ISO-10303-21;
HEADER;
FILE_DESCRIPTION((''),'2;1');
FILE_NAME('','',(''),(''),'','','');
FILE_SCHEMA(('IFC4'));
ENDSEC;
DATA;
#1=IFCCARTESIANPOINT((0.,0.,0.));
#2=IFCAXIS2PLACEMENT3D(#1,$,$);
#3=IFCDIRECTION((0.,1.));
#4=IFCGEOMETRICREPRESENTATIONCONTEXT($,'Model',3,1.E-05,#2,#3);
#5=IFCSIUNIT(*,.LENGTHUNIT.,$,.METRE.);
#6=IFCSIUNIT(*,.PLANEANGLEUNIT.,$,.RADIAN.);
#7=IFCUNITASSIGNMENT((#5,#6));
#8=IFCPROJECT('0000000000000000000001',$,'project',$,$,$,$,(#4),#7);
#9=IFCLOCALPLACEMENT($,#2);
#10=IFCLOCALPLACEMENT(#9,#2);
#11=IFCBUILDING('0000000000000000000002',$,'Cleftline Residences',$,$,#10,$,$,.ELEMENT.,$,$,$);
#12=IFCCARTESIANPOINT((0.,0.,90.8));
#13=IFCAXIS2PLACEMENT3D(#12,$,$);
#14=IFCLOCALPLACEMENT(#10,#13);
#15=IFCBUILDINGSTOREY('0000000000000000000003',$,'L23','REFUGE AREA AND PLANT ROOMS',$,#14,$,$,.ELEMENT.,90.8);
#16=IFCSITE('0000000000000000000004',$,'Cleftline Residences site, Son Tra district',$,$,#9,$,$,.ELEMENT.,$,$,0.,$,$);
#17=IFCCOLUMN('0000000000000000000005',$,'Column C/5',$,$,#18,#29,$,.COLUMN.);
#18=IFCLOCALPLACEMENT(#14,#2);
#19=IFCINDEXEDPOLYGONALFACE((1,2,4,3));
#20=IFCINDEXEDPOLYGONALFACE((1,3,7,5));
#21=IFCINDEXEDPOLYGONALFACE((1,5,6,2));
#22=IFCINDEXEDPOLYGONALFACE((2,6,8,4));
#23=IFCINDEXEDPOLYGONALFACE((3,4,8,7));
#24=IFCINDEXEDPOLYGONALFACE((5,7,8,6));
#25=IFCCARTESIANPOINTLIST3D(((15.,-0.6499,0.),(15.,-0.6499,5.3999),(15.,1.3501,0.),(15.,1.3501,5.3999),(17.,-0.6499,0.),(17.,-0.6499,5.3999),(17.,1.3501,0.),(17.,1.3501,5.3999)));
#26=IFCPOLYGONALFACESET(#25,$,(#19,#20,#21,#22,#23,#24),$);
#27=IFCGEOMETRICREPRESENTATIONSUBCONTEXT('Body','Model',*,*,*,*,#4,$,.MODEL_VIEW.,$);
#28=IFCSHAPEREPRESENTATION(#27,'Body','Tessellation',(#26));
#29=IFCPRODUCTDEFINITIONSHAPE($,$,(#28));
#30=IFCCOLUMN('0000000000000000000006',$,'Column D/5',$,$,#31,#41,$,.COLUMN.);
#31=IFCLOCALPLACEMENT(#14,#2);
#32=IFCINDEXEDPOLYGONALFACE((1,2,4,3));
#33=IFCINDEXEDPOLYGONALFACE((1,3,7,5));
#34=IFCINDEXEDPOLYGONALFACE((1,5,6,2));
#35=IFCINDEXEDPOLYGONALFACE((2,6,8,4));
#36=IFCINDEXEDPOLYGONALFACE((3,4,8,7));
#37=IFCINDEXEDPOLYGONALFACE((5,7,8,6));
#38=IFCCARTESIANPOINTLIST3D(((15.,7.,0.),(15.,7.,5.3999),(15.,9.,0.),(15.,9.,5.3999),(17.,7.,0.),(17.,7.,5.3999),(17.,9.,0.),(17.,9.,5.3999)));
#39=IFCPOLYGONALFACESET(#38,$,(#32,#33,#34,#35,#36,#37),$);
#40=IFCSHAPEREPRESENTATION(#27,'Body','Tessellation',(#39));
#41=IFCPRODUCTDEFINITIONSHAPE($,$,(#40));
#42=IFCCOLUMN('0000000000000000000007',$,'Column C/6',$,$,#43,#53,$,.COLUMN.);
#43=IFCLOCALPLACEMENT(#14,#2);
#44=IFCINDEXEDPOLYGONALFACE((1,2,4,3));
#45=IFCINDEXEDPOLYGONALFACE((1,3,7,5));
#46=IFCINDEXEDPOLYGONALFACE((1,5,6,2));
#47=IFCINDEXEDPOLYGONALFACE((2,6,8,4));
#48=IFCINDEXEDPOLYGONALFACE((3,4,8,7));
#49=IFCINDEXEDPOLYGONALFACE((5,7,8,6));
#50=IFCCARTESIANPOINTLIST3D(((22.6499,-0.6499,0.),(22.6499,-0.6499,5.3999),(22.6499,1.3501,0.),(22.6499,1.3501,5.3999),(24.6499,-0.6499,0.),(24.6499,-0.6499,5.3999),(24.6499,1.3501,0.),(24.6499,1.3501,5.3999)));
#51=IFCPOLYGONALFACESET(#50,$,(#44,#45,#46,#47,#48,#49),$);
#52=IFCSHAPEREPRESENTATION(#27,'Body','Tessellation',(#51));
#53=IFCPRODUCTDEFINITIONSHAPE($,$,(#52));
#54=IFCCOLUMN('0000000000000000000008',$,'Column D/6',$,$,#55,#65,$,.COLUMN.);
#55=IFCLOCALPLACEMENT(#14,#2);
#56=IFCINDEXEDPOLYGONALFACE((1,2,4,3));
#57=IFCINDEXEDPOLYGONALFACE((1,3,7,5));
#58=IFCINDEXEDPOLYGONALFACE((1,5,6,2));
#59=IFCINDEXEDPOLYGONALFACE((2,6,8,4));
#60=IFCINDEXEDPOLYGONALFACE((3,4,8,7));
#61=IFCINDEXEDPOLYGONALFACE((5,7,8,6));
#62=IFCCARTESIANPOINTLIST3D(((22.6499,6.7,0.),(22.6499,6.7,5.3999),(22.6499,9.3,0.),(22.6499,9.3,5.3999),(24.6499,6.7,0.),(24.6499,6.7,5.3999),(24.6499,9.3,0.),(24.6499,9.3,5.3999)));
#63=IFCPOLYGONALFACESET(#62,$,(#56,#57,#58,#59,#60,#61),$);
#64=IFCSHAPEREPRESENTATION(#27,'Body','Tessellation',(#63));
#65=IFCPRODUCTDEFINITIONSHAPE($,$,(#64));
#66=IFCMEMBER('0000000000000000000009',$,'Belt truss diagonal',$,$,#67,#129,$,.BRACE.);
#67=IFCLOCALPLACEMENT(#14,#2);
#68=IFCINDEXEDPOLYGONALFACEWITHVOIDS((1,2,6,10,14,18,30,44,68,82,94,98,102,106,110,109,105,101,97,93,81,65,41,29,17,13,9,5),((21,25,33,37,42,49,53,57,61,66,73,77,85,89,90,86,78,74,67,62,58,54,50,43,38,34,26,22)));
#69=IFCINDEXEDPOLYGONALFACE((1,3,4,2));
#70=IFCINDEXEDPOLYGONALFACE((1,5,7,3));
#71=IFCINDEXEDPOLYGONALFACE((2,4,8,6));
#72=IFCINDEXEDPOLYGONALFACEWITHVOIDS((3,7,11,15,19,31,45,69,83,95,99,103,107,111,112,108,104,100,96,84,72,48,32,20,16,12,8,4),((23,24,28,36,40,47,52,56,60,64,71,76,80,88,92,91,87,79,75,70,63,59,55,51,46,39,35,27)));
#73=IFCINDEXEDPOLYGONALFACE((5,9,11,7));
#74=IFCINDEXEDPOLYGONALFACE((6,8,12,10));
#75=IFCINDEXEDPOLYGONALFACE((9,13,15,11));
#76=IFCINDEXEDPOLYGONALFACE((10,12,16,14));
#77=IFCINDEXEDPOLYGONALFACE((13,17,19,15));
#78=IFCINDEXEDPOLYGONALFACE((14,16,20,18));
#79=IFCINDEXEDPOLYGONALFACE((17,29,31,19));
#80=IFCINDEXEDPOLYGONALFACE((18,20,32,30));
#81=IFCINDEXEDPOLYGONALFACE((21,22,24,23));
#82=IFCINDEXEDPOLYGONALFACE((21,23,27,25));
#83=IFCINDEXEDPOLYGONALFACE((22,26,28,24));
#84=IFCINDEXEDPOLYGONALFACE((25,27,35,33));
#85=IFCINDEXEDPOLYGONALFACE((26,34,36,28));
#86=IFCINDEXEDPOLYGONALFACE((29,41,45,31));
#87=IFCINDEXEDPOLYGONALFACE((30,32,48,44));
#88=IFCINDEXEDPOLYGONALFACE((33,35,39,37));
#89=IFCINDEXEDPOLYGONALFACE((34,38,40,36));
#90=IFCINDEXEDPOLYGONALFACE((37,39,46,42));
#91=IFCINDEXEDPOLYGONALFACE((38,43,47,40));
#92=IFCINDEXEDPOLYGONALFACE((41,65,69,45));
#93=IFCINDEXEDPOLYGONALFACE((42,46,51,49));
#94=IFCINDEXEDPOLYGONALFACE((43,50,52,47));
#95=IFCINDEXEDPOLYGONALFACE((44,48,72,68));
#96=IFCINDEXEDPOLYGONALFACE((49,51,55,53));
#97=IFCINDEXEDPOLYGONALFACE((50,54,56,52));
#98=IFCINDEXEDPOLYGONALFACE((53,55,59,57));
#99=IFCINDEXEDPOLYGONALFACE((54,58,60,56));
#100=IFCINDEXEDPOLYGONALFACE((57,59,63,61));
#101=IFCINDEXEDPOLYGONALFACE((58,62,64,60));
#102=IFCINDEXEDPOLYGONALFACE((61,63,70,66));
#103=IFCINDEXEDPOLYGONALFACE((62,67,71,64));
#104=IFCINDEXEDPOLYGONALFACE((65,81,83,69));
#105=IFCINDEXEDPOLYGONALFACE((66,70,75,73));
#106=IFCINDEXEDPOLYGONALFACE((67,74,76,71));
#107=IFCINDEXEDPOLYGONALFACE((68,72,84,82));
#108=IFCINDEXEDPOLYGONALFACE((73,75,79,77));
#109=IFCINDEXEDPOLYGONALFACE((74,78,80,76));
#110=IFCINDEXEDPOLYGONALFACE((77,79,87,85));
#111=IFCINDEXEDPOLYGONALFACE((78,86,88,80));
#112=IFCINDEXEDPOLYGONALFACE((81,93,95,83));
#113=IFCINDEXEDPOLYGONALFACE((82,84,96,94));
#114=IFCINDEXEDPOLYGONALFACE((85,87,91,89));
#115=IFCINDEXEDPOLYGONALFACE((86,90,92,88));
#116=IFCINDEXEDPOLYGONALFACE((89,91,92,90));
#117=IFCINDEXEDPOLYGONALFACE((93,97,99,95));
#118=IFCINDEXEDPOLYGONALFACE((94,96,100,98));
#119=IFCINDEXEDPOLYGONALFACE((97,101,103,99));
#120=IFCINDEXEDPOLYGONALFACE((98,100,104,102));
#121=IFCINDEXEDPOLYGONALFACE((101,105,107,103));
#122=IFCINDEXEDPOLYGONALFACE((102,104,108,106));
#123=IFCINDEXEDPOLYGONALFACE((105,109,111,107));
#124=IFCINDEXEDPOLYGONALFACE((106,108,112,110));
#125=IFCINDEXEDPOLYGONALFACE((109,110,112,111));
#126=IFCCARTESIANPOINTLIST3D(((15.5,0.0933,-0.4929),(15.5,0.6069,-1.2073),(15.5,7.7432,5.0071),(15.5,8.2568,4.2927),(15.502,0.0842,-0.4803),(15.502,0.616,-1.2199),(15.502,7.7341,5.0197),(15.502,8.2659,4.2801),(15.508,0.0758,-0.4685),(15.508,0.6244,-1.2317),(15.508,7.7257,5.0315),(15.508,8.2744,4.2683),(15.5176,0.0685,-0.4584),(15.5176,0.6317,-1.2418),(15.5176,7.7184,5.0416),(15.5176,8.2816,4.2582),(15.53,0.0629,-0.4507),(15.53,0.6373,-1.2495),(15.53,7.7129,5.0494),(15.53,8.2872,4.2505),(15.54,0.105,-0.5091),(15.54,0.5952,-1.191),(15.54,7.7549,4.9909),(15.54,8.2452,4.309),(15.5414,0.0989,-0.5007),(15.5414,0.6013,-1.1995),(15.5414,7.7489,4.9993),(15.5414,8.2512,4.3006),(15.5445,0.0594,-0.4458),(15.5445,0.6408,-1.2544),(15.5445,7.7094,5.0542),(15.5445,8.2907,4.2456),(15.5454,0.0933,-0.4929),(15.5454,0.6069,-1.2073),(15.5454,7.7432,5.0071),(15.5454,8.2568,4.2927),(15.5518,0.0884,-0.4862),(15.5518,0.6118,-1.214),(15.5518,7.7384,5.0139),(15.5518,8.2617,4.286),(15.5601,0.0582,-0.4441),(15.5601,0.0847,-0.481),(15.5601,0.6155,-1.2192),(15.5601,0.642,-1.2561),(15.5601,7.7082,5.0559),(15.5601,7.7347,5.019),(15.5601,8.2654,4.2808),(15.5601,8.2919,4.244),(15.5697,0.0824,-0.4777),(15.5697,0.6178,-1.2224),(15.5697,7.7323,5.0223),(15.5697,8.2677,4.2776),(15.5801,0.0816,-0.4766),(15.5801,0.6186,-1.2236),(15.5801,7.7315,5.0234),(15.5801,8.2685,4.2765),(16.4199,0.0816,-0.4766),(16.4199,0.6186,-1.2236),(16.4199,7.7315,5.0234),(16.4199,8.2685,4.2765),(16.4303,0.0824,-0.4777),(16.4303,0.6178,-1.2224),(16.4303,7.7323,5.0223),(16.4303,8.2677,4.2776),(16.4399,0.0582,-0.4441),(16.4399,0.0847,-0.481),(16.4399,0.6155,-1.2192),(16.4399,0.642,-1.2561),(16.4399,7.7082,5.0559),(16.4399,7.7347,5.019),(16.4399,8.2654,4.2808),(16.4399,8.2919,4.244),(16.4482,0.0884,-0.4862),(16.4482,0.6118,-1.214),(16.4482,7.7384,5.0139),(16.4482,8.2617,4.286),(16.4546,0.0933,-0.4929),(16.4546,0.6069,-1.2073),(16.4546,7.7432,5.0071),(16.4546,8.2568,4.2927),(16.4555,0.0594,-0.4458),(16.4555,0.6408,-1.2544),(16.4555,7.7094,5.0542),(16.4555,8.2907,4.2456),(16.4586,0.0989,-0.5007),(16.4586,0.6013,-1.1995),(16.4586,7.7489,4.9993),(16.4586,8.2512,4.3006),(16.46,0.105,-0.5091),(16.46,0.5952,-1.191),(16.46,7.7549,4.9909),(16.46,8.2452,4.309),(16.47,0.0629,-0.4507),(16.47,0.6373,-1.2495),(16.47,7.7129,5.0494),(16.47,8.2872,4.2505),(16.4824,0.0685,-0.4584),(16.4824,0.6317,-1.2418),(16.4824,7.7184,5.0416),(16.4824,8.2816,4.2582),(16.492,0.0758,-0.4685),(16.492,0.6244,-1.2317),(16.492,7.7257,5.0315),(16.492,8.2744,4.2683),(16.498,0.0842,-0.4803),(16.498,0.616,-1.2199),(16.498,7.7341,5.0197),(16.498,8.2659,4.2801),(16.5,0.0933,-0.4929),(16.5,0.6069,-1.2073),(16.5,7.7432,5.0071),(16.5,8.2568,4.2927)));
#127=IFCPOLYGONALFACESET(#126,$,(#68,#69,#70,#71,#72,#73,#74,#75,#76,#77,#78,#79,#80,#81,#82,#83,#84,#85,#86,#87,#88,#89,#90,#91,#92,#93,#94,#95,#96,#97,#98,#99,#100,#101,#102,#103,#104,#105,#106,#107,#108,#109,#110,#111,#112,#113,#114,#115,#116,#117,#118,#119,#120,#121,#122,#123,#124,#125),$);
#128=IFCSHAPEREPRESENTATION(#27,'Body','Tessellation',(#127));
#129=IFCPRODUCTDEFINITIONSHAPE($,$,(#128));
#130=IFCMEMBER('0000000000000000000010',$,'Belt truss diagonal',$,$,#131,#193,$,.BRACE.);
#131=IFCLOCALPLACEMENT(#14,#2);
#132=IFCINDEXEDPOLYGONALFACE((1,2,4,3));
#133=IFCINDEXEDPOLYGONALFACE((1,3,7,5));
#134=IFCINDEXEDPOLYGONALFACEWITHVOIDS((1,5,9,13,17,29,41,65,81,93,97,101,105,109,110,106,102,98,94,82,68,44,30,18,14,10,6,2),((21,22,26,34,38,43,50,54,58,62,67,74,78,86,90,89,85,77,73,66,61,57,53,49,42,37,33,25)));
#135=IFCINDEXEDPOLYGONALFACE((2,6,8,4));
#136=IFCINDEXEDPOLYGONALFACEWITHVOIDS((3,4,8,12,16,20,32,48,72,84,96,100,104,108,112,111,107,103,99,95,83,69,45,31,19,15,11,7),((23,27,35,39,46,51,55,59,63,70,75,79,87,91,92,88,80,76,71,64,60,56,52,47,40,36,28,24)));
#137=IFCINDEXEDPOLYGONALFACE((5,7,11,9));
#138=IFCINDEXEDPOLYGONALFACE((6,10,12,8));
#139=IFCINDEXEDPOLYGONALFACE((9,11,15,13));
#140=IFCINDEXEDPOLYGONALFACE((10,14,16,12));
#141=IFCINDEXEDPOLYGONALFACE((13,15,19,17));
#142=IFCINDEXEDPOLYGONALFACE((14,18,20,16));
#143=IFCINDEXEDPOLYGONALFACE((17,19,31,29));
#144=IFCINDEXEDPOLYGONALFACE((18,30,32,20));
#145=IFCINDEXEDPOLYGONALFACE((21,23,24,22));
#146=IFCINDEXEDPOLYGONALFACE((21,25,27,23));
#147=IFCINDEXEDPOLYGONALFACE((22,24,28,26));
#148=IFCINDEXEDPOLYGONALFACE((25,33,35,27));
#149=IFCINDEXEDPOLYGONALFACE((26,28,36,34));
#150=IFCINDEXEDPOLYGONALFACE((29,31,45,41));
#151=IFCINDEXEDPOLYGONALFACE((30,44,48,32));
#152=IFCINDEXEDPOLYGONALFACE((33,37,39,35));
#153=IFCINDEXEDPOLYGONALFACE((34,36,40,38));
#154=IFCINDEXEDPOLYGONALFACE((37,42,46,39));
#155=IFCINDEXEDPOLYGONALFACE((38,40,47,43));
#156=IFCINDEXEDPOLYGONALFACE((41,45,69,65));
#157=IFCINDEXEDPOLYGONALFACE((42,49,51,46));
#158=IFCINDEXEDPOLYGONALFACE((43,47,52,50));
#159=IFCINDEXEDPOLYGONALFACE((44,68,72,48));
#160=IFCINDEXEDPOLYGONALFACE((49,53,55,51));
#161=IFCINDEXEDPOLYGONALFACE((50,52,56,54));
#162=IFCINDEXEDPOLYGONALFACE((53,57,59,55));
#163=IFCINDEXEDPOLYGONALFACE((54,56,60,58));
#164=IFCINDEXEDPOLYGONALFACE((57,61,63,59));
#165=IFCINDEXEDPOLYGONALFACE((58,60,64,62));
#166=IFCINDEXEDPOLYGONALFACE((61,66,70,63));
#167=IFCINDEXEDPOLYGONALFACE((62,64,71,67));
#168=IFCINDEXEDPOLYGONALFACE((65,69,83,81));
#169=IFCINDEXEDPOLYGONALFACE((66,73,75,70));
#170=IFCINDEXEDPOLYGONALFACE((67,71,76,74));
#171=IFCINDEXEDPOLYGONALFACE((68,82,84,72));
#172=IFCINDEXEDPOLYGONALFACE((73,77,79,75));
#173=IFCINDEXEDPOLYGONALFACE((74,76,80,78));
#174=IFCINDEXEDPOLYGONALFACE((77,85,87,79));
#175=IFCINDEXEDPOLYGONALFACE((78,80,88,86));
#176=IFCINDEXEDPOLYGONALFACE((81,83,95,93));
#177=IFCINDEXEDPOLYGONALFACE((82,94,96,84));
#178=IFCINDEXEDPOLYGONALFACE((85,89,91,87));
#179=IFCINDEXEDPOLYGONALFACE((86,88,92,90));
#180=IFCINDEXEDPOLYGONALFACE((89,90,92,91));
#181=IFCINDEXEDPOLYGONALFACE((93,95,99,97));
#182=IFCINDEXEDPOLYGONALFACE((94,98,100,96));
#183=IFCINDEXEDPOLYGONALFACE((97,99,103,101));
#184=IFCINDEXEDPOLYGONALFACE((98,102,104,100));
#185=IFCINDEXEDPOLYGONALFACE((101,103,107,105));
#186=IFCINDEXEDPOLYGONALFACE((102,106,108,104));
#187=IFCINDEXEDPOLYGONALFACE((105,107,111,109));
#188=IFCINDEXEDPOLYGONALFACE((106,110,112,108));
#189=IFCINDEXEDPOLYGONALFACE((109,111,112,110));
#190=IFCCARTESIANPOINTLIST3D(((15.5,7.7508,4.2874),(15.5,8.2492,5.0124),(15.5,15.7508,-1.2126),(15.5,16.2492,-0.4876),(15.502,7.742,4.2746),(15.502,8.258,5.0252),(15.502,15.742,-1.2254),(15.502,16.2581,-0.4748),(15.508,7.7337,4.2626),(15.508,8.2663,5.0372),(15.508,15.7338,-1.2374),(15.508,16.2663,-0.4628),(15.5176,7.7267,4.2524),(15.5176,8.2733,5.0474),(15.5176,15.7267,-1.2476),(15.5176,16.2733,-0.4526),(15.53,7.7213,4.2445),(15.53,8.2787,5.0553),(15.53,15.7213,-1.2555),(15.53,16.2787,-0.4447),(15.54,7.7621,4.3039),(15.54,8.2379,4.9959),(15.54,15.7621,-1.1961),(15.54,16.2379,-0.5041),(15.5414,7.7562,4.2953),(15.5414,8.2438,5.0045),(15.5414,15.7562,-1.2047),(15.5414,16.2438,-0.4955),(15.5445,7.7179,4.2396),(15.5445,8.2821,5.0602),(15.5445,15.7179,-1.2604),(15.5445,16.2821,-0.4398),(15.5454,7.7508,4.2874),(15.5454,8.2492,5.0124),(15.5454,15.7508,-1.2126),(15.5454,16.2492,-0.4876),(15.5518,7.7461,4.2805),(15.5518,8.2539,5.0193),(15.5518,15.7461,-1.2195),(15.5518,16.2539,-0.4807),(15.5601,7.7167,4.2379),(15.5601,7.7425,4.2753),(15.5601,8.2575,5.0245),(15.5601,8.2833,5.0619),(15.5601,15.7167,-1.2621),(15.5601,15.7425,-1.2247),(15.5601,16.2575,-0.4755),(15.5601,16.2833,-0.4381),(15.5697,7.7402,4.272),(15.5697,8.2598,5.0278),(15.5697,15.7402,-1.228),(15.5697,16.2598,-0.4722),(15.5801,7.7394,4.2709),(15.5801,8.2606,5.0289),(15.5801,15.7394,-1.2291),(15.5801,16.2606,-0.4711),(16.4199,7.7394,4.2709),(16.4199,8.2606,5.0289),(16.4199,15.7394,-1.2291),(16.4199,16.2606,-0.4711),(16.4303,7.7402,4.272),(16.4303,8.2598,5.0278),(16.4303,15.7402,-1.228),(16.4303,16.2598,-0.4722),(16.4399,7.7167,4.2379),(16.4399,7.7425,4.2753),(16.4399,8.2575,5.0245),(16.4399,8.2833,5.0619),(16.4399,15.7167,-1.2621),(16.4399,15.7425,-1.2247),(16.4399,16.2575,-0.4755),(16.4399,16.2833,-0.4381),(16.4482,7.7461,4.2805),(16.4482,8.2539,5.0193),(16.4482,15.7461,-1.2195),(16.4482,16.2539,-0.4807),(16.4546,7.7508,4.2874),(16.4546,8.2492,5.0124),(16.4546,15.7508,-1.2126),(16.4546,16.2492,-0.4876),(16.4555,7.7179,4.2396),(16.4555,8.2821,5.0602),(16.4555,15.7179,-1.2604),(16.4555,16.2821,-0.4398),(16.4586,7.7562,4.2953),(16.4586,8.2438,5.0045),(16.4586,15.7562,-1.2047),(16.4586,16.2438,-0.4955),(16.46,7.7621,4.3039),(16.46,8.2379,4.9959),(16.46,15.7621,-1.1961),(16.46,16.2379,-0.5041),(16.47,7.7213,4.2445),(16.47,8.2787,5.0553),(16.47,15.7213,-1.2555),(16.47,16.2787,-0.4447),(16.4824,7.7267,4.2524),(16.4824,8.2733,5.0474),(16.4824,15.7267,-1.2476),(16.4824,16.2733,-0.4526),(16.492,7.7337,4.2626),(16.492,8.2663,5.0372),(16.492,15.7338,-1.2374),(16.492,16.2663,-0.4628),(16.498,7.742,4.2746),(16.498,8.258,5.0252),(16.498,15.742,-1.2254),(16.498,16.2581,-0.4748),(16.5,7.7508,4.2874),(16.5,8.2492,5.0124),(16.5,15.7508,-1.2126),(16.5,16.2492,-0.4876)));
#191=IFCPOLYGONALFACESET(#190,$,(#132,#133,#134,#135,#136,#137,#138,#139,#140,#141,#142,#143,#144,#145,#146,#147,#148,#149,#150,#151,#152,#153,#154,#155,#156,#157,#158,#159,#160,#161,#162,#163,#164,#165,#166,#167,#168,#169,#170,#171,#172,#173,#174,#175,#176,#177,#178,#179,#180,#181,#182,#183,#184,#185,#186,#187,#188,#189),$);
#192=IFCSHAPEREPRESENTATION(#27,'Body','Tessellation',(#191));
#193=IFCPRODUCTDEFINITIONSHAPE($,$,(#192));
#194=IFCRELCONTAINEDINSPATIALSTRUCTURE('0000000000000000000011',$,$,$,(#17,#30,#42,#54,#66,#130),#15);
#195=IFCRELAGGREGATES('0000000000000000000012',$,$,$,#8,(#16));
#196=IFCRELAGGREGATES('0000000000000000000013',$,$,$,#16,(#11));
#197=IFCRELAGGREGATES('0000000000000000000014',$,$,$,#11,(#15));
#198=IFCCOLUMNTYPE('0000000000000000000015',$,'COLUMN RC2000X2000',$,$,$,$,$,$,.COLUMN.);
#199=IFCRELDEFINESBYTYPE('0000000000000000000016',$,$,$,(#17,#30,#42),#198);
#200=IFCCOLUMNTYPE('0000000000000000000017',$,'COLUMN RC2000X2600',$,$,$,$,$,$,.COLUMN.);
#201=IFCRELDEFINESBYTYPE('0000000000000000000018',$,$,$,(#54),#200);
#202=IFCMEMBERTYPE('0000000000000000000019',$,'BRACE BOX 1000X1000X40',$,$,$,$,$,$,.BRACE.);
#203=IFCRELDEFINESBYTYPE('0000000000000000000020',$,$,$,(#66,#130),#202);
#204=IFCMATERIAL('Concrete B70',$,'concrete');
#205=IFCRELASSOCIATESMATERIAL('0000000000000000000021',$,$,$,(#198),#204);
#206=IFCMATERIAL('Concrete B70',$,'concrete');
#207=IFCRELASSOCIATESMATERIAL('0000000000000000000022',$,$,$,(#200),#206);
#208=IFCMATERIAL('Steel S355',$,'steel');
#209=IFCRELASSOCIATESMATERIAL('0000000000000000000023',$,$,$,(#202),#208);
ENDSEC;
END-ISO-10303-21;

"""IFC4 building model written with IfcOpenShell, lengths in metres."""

from ifc_helpers import new_model, si_unit, direction, frame, origin, origin_2d, place, context, subcontext, project, spatial, rectangle, hollow_rectangle, extrude, material, material_profile, profile_set, type_object, element, save


model = new_model("IFC4")

# Units and contexts
model_context = context("Model", 3, precision=1e-05, world=origin(), true_north=direction((0.0, 1.0)))
body_context = subcontext(model_context, "Body", "Model", "MODEL_VIEW")
ifc_project = project(units=[si_unit("LENGTHUNIT", "METRE"), si_unit("PLANEANGLEUNIT", "RADIAN")], contexts=[model_context])

# Site, building, storey
site_placement = place(None, origin())
site = spatial("IfcSite", under=ifc_project, at=site_placement, Name="Cleftline Residences site, Son Tra district", CompositionType="ELEMENT", RefElevation=0.0)
building_placement = place(site_placement, origin())
building = spatial("IfcBuilding", under=site, at=building_placement, Name="Cleftline Residences", CompositionType="ELEMENT")
storey_placement = place(building_placement, frame((0.0, 0.0, 90.8)))
storey = spatial("IfcBuildingStorey", under=building, at=storey_placement, Name="L23", Description="REFUGE AREA AND PLANT ROOMS", CompositionType="ELEMENT", Elevation=90.8)

# Columns
ifc_material_1 = material(Name="Concrete B70", Category="concrete")
ifc_material_profile_1 = material_profile(ifc_material_1, rectangle(XDim=2.0, YDim=2.0, at=origin_2d()))
ifc_profile_set_1 = profile_set([ifc_material_profile_1], Name="Concrete B70")
column_type_1 = type_object("IfcColumnType", Name="COLUMN RC2000X2000", PredefinedType="COLUMN", material=ifc_profile_set_1)
for number, where, z_axis, x_axis, name in (
    (1, (16.0, 0.3501, 0.0), (0.0, 0.0, 1.0), (1.0, 0.0, 0.0), "Column C/5"),
    (2, (16.0, 8.0, 0.0), (0.0, 0.0, 1.0), (1.0, 0.0, 0.0), "Column D/5"),
    (3, (23.6499, 0.3501, 0.0), (0.0, 0.0, 1.0), (1.0, 0.0, 0.0), "Column C/6"),
):
    element("IfcColumn", number, at=place(storey_placement, frame(where, z_axis=z_axis, x_axis=x_axis)), inside=storey, type_object=column_type_1, Name=name, PredefinedType="COLUMN", context=body_context, shape_type="SweptSolid", body=[
        extrude(rectangle(XDim=2.0, YDim=2.0, at=origin_2d()), origin(), (0.0, 0.0, 1.0), 5.3999),
    ])
ifc_material_2 = material(Name="Concrete B70", Category="concrete")
ifc_material_profile_2 = material_profile(ifc_material_2, rectangle(XDim=2.0, YDim=2.6001, at=origin_2d()))
ifc_profile_set_2 = profile_set([ifc_material_profile_2], Name="Concrete B70")
column_type_2 = type_object("IfcColumnType", Name="COLUMN RC2000X2600", PredefinedType="COLUMN", material=ifc_profile_set_2)
column_placement = place(storey_placement, frame((23.6499, 8.0, 0.0), z_axis=(0.0, 0.0, 1.0), x_axis=(1.0, 0.0, 0.0)))
element("IfcColumn", 4, at=column_placement, inside=storey, type_object=column_type_2, Name="Column D/6", PredefinedType="COLUMN", context=body_context, shape_type="SweptSolid", body=[
    extrude(rectangle(XDim=2.0, YDim=2.6001, at=origin_2d()), origin(), (0.0, 0.0, 1.0), 5.3999),
])

# Members
ifc_material_3 = material(Name="Steel S355", Category="steel")
ifc_material_profile_3 = material_profile(ifc_material_3, hollow_rectangle(XDim=1.0, YDim=1.0, WallThickness=0.04, InnerFilletRadius=0.04, OuterFilletRadius=0.0601, at=origin_2d()))
ifc_profile_set_3 = profile_set([ifc_material_profile_3], Name="Steel S355")
member_type_1 = type_object("IfcMemberType", Name="BRACE BOX 1000X1000X40", PredefinedType="BRACE", material=ifc_profile_set_3)
member_1_placement = place(storey_placement, frame((16.0, 0.3501, -0.8501), z_axis=(0.0, 0.811933, 0.58375), x_axis=(0.0, -0.58375, 0.811933)))
element("IfcMember", 5, at=member_1_placement, inside=storey, type_object=member_type_1, Name="Belt truss diagonal", PredefinedType="BRACE", context=body_context, shape_type="SweptSolid", body=[
    extrude(hollow_rectangle(XDim=1.0, YDim=1.0, WallThickness=0.04, InnerFilletRadius=0.04, OuterFilletRadius=0.0601, at=origin_2d()), origin(), (0.0, 0.0, 1.0), 9.4219),
])
member_2_placement = place(storey_placement, frame((16.0, 8.0, 4.6499), z_axis=(0.0, 0.824042, -0.566529), x_axis=(0.0, 0.566529, 0.824042)))
element("IfcMember", 6, at=member_2_placement, inside=storey, type_object=member_type_1, Name="Belt truss diagonal", PredefinedType="BRACE", context=body_context, shape_type="SweptSolid", body=[
    extrude(hollow_rectangle(XDim=1.0, YDim=1.0, WallThickness=0.04, InnerFilletRadius=0.04, OuterFilletRadius=0.0601, at=origin_2d()), origin(), (0.0, 0.0, 1.0), 9.7083),
])

save(model, "model.ifc")
